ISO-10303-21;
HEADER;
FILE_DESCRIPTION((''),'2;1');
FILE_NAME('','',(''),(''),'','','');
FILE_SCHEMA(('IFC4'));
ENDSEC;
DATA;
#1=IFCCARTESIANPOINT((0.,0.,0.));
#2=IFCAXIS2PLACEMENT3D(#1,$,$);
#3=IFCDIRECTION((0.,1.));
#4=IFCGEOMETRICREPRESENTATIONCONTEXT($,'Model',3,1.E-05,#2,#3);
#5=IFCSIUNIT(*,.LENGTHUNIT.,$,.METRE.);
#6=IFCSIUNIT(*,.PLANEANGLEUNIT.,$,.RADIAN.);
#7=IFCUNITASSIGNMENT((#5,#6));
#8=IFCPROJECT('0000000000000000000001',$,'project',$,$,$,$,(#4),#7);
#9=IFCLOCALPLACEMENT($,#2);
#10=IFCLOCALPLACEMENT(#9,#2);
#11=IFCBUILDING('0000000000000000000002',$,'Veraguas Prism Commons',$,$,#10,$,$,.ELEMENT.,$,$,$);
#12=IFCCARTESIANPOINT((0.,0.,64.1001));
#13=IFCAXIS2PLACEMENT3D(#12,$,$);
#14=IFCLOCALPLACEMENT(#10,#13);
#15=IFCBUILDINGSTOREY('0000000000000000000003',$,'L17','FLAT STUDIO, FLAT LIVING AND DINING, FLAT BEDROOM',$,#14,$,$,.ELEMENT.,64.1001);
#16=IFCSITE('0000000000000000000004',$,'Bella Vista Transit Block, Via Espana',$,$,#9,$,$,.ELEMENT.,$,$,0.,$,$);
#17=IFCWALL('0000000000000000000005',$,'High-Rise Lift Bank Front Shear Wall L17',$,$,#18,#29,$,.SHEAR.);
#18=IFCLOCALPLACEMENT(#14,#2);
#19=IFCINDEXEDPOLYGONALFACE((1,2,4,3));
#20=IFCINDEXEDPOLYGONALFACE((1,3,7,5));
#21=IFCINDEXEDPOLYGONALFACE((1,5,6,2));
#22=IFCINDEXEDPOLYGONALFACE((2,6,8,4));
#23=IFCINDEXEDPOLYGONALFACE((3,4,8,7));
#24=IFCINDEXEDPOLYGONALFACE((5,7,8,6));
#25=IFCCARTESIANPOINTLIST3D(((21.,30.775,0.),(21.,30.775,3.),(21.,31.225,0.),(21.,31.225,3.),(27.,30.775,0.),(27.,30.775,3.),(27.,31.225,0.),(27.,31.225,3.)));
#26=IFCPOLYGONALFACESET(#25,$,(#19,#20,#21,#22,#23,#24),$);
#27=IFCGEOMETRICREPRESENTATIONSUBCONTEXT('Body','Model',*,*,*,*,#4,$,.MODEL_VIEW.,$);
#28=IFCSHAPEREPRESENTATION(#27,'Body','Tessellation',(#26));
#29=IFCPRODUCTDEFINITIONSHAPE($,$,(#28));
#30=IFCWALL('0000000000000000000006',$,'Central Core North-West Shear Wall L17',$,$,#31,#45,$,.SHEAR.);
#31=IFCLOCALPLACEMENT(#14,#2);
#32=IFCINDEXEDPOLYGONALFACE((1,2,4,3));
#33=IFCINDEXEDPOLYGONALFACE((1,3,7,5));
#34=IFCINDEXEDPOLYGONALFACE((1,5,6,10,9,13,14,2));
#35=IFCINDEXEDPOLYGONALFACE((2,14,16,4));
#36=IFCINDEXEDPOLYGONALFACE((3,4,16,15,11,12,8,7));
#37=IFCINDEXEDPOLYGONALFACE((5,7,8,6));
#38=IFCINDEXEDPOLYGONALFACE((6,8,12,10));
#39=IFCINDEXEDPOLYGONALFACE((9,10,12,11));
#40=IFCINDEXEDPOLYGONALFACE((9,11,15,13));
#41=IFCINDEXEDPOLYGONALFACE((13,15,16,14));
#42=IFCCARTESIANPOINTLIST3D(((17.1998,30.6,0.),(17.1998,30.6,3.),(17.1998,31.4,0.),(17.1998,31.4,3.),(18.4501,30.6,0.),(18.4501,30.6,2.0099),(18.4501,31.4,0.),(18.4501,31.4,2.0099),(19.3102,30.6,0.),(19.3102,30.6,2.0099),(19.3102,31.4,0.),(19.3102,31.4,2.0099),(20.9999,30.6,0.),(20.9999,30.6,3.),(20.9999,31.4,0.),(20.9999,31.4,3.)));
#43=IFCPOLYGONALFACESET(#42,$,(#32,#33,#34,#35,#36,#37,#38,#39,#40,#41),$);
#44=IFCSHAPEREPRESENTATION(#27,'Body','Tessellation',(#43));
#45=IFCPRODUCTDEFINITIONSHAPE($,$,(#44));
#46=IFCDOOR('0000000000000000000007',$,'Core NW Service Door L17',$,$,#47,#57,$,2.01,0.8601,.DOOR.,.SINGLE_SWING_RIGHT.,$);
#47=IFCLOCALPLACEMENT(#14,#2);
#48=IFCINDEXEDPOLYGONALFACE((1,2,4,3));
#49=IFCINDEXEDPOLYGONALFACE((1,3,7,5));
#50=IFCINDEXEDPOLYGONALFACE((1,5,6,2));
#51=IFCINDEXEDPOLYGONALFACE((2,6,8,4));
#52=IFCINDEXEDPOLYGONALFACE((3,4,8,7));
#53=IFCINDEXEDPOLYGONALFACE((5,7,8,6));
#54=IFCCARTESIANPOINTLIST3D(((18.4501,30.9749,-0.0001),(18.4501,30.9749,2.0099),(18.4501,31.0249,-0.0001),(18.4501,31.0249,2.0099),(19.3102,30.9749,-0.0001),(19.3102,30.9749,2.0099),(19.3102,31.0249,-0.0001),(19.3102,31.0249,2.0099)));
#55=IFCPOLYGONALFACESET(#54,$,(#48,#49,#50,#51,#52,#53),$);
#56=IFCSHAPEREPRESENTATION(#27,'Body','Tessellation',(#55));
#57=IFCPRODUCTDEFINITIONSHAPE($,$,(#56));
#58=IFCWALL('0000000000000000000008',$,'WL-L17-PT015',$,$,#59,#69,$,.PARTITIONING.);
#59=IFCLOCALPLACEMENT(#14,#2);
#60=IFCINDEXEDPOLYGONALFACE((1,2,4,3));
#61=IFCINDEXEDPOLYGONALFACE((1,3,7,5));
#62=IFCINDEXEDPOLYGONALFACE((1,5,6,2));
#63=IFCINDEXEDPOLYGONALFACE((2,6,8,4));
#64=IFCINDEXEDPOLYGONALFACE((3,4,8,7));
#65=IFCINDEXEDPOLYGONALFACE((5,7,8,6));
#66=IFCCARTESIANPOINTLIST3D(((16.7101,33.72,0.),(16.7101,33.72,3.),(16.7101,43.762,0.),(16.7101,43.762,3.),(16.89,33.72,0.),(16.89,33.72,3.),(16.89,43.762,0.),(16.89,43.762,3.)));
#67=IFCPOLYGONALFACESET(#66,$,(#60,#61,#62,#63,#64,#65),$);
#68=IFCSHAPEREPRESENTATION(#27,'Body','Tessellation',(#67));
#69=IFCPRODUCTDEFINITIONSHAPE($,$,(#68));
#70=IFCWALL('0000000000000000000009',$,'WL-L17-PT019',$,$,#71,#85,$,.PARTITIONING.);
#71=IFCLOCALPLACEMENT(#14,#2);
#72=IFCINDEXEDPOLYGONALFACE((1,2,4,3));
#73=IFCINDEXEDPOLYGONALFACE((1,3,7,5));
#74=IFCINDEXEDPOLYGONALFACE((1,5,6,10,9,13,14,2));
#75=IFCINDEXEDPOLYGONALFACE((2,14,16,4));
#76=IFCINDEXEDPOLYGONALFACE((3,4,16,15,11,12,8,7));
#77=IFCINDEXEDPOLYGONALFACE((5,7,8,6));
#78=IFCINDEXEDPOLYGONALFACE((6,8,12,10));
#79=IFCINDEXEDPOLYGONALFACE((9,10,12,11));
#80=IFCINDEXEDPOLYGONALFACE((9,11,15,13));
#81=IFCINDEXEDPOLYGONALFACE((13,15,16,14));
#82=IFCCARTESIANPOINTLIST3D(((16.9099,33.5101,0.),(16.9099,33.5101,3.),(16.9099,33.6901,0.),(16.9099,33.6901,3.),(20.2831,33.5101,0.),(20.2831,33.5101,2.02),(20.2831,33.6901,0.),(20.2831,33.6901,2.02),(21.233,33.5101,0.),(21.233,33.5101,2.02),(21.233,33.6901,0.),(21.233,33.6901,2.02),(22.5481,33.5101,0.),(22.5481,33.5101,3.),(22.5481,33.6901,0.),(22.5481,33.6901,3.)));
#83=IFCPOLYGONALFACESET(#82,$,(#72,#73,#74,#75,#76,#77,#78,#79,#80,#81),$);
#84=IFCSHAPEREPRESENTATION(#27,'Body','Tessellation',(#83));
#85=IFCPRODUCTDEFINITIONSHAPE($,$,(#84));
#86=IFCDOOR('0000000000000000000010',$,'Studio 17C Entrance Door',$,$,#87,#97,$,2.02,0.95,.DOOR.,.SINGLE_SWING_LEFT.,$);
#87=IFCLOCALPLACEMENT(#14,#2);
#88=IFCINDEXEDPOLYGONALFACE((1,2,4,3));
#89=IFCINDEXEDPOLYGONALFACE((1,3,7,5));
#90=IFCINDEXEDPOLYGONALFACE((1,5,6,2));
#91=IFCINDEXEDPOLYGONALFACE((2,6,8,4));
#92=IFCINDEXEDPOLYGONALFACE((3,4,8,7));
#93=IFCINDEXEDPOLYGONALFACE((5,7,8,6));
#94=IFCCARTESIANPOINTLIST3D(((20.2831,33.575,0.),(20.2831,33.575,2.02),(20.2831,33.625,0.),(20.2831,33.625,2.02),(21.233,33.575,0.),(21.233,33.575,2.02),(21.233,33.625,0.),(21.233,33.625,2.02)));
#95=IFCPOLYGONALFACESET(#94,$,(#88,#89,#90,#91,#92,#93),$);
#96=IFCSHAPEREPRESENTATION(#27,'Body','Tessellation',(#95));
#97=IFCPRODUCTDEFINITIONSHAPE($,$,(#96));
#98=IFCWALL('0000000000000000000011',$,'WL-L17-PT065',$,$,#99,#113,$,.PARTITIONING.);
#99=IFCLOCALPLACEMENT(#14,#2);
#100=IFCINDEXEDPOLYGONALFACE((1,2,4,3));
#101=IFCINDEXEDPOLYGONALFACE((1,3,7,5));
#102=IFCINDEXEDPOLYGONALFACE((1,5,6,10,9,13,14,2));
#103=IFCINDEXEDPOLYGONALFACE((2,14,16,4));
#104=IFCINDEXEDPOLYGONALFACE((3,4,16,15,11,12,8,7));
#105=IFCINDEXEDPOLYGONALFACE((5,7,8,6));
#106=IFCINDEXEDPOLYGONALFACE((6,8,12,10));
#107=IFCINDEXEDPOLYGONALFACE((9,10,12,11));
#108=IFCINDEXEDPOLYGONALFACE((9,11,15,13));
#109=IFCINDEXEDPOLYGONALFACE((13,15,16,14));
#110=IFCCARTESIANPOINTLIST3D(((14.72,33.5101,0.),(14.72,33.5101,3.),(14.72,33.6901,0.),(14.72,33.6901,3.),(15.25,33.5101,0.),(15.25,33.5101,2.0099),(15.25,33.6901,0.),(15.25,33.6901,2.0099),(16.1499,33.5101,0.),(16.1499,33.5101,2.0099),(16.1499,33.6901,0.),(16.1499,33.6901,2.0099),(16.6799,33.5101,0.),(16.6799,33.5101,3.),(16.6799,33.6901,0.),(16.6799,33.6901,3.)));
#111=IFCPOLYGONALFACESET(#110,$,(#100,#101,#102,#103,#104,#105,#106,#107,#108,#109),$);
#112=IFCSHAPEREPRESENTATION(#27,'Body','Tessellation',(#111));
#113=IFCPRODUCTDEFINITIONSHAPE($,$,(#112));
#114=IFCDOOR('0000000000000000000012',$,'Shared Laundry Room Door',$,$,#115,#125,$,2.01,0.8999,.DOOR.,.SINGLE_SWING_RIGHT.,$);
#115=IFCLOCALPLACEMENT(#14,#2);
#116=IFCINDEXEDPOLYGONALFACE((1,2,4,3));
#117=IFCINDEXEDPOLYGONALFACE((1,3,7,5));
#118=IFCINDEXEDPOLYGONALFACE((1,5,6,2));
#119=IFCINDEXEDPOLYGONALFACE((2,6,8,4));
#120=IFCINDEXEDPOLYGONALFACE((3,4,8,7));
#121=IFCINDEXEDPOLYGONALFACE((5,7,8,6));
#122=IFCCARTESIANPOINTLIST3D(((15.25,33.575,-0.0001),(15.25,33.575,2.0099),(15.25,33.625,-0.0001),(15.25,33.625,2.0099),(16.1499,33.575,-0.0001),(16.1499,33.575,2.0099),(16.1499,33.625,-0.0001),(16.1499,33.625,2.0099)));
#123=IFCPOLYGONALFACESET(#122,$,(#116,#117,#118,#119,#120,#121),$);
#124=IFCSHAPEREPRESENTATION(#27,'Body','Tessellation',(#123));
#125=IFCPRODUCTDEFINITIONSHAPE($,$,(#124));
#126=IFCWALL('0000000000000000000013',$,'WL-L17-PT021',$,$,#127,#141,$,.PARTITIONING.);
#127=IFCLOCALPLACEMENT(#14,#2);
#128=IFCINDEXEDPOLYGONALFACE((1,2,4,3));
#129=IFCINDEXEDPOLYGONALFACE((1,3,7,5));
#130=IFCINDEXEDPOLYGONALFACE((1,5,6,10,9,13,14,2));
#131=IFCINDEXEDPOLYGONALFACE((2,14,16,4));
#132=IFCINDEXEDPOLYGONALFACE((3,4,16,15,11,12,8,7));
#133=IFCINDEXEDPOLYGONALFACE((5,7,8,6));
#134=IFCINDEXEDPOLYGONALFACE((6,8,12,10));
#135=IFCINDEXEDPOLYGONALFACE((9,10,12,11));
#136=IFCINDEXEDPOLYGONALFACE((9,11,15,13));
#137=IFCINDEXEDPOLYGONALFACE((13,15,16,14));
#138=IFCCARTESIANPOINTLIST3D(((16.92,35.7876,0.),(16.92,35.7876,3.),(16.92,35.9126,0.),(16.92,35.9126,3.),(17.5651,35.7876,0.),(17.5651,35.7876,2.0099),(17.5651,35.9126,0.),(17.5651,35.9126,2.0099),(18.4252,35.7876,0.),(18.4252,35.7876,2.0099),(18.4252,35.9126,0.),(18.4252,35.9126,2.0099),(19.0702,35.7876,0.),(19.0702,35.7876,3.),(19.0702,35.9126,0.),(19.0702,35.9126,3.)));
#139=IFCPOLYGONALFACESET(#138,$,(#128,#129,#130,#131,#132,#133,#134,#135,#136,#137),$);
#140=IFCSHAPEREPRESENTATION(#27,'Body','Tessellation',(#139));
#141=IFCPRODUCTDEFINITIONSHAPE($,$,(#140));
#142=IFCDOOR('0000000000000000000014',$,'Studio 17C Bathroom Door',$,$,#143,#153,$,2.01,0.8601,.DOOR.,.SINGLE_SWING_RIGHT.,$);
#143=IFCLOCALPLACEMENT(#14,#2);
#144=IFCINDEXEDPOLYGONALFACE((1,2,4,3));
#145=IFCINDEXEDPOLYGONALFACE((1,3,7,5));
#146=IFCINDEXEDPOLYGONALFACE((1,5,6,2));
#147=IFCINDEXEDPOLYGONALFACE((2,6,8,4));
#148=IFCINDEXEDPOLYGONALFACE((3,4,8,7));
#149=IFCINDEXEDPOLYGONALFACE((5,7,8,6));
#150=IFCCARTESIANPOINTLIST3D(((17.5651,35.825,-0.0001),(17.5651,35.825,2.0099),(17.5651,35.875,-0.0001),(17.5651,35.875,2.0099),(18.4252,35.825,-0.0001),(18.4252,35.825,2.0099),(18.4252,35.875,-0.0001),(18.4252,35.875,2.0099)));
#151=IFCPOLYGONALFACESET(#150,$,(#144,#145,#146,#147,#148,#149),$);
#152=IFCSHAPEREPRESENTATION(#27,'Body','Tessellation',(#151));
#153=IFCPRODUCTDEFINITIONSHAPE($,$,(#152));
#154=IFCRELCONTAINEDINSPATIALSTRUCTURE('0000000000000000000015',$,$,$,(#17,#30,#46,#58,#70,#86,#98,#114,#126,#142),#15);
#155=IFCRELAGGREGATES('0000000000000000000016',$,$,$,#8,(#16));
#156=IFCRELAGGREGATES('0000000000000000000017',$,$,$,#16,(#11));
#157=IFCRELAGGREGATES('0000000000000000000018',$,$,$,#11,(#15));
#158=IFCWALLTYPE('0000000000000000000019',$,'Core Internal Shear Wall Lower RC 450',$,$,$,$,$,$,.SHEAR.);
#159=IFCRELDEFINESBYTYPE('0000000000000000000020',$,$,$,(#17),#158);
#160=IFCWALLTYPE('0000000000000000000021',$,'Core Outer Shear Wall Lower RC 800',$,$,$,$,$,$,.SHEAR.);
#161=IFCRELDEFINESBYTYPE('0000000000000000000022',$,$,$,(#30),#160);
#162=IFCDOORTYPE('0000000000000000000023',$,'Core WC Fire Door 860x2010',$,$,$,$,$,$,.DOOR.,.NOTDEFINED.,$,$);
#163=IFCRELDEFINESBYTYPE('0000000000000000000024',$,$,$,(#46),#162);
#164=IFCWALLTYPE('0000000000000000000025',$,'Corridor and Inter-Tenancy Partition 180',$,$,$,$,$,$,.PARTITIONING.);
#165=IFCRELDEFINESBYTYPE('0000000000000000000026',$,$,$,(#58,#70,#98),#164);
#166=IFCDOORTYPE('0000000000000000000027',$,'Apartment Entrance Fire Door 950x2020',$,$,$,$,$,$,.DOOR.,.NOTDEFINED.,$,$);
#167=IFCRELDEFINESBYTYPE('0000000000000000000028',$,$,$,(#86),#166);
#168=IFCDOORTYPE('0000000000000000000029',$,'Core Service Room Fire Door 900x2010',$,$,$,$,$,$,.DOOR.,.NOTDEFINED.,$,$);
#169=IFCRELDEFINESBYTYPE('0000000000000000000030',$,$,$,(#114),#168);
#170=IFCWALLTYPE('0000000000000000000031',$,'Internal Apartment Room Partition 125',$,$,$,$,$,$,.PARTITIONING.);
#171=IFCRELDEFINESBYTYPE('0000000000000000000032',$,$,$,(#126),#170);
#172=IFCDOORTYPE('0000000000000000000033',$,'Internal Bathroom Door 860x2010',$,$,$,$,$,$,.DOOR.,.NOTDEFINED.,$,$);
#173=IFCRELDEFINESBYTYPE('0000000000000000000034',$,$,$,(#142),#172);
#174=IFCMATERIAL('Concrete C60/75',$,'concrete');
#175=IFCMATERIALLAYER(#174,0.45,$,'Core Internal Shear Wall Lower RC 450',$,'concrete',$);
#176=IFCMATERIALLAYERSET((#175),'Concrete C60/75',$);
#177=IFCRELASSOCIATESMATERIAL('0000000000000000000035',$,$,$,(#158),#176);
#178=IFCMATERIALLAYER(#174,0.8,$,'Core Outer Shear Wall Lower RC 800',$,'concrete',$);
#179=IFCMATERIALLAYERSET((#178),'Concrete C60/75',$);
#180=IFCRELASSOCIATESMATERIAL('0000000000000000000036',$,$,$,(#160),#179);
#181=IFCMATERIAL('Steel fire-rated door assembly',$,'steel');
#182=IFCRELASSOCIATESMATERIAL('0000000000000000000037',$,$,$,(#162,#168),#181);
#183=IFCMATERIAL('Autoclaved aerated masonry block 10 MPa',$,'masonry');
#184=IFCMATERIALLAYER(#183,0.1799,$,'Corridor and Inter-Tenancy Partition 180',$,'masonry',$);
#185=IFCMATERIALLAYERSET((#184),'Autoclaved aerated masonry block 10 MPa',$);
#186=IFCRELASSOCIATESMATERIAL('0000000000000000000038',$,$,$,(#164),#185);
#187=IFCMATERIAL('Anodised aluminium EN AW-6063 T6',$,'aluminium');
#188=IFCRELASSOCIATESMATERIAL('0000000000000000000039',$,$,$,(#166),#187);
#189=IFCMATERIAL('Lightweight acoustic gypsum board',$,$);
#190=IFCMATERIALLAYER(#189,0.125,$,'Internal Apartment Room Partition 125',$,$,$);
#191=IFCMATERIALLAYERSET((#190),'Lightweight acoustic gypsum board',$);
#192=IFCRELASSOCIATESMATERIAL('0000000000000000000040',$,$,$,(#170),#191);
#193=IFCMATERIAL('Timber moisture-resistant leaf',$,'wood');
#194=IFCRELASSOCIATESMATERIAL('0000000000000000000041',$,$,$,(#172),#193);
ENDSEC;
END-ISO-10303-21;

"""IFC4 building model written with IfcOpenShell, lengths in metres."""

from ifc_helpers import new_model, si_unit, direction, frame, frame_2d, origin, place, context, subcontext, project, spatial, rectangle, extrude, source, transform, mapped, material, layer, layer_set, type_object, element, fill, save


model = new_model("IFC4")

# Units and contexts
model_context = context("Model", 3, precision=1e-05, world=origin(), true_north=direction((0.0, 1.0)))
body_context = subcontext(model_context, "Body", "Model", "MODEL_VIEW")
ifc_project = project(units=[si_unit("LENGTHUNIT", "METRE"), si_unit("PLANEANGLEUNIT", "RADIAN")], contexts=[model_context])

# Site, building, storey
site_placement = place(None, origin())
site = spatial("IfcSite", under=ifc_project, at=site_placement, Name="Bella Vista Transit Block, Via Espana", CompositionType="ELEMENT", RefElevation=0.0)
building_placement = place(site_placement, origin())
building = spatial("IfcBuilding", under=site, at=building_placement, Name="Veraguas Prism Commons", CompositionType="ELEMENT")
storey_placement = place(building_placement, frame((0.0, 0.0, 64.1001)))
storey = spatial("IfcBuildingStorey", under=building, at=storey_placement, Name="L17", Description="FLAT STUDIO, FLAT LIVING AND DINING, FLAT BEDROOM", CompositionType="ELEMENT", Elevation=64.1001)

# Shared definitions
ifc_material_1 = material(Name="Concrete C60/75", Category="concrete")

# Shared definitions
ifc_material_2 = material(Name="Anodised aluminium EN AW-6063 T6", Category="aluminium")

# Wall
ifc_layer_1 = layer(ifc_material_1, 0.45, Name="Core Internal Shear Wall Lower RC 450", Category="concrete")
ifc_layer_set_1 = layer_set([ifc_layer_1], Name="Concrete C60/75")
wall_type_1 = type_object("IfcWallType", Name="Core Internal Shear Wall Lower RC 450", PredefinedType="SHEAR", material=ifc_layer_set_1)
wall_1_placement = place(storey_placement, frame((21.0, 31.0, 0.0), z_axis=(0.0, 0.0, 1.0), x_axis=(1.0, 0.0, 0.0)))
element("IfcWall", 1, at=wall_1_placement, inside=storey, type_object=wall_type_1, Name="High-Rise Lift Bank Front Shear Wall L17", PredefinedType="SHEAR", context=body_context, shape_type="SweptSolid", body=[
    extrude(rectangle(XDim=6.0, YDim=0.45, at=frame_2d((3.0, 0.0))), origin(), (0.0, 0.0, 1.0), 3.0),
])

# Wall, opening, door
ifc_layer_2 = layer(ifc_material_1, 0.8, Name="Core Outer Shear Wall Lower RC 800", Category="concrete")
ifc_layer_set_2 = layer_set([ifc_layer_2], Name="Concrete C60/75")
wall_type_2 = type_object("IfcWallType", Name="Core Outer Shear Wall Lower RC 800", PredefinedType="SHEAR", material=ifc_layer_set_2)
wall_2_placement = place(storey_placement, frame((17.2, 31.0, 0.0), z_axis=(0.0, 0.0, 1.0), x_axis=(1.0, 0.0, 0.0)))
wall_2 = element("IfcWall", 2, at=wall_2_placement, inside=storey, type_object=wall_type_2, Name="Central Core North-West Shear Wall L17", PredefinedType="SHEAR", context=body_context, shape_type="SweptSolid", body=[
    extrude(rectangle(XDim=3.8, YDim=0.8, at=frame_2d((1.8999, 0.0))), origin(), (0.0, 0.0, 1.0), 3.0),
])
opening_1_placement = place(wall_2_placement, frame((1.25, 0.0, 0.0)))
opening_1 = element("IfcOpeningElement", 3, at=opening_1_placement, cuts=wall_2, PredefinedType="OPENING", context=body_context, shape_type="SweptSolid", body=[
    extrude(rectangle(XDim=0.8601, YDim=2.01, at=frame_2d((0.4302, 1.0049))), frame((0.0, 0.4099, 0.0), z_axis=(0.0, -1.0, 0.0), x_axis=(1.0, 0.0, 0.0)), (0.0, 0.0, 1.0), 0.8201),
])
ifc_material_3 = material(Name="Steel fire-rated door assembly", Category="steel")
door_type_1 = type_object("IfcDoorType", Name="Core WC Fire Door 860x2010", OperationType="NOTDEFINED", PredefinedType="DOOR", material=ifc_material_3)
shared_shape_1 = source(origin(), body_context, "Body", "SweptSolid", [
    extrude(rectangle(XDim=0.8601, YDim=2.01, at=frame_2d((0.4302, 1.0049))), frame((0.0, 0.0249, 0.0), z_axis=(0.0, -1.0, 0.0), x_axis=(1.0, 0.0, 0.0)), (0.0, 0.0, 1.0), 0.05),
])
door_1_placement = place(opening_1_placement, origin())
door_1 = element("IfcDoor", 4, at=door_1_placement, inside=storey, type_object=door_type_1, Name="Core NW Service Door L17", OperationType="SINGLE_SWING_RIGHT", OverallHeight=2.01, OverallWidth=0.8601, PredefinedType="DOOR", context=body_context, shape_type="MappedRepresentation", body=[
    mapped(shared_shape_1, transform((0.0, 0.0, 0.0), scale=1.0)),
])
fill(opening_1, door_1)

# Wall
ifc_material_4 = material(Name="Autoclaved aerated masonry block 10 MPa", Category="masonry")
ifc_layer_3 = layer(ifc_material_4, 0.1799, Name="Corridor and Inter-Tenancy Partition 180", Category="masonry")
ifc_layer_set_3 = layer_set([ifc_layer_3], Name="Autoclaved aerated masonry block 10 MPa")
wall_type_3 = type_object("IfcWallType", Name="Corridor and Inter-Tenancy Partition 180", PredefinedType="PARTITIONING", material=ifc_layer_set_3)
wall_3_placement = place(storey_placement, frame((16.8, 33.72, 0.0), z_axis=(0.0, 0.0, 1.0), x_axis=(0.0, 1.0, 0.0)))
element("IfcWall", 5, at=wall_3_placement, inside=storey, type_object=wall_type_3, Name="WL-L17-PT015", PredefinedType="PARTITIONING", context=body_context, shape_type="SweptSolid", body=[
    extrude(rectangle(XDim=10.042, YDim=0.1799, at=frame_2d((5.021, 0.0))), origin(), (0.0, 0.0, 1.0), 3.0),
])

# Walls, openings, doors
wall_4_placement = place(storey_placement, frame((16.9099, 33.6001, 0.0), z_axis=(0.0, 0.0, 1.0), x_axis=(1.0, 0.0, 0.0)))
wall_4 = element("IfcWall", 6, at=wall_4_placement, inside=storey, type_object=wall_type_3, Name="WL-L17-PT019", PredefinedType="PARTITIONING", context=body_context, shape_type="SweptSolid", body=[
    extrude(rectangle(XDim=5.6382, YDim=0.1799, at=frame_2d((2.8191, 0.0))), origin(), (0.0, 0.0, 1.0), 3.0),
])
opening_2_placement = place(wall_4_placement, frame((3.373, 0.0, 0.0)))
opening_2 = element("IfcOpeningElement", 7, at=opening_2_placement, cuts=wall_4, PredefinedType="OPENING", context=body_context, shape_type="SweptSolid", body=[
    extrude(rectangle(XDim=0.95, YDim=2.02, at=frame_2d((0.4751, 1.01))), frame((0.0, 0.0999, 0.0), z_axis=(0.0, -1.0, 0.0), x_axis=(1.0, 0.0, 0.0)), (0.0, 0.0, 1.0), 0.2),
])
door_type_2 = type_object("IfcDoorType", Name="Apartment Entrance Fire Door 950x2020", OperationType="NOTDEFINED", PredefinedType="DOOR", material=ifc_material_2)
shared_shape_2 = source(origin(), body_context, "Body", "SweptSolid", [
    extrude(rectangle(XDim=0.95, YDim=2.02, at=frame_2d((0.4751, 1.01))), frame((0.0, 0.0249, 0.0), z_axis=(0.0, -1.0, 0.0), x_axis=(1.0, 0.0, 0.0)), (0.0, 0.0, 1.0), 0.05),
])
door_2_placement = place(opening_2_placement, origin())
door_2 = element("IfcDoor", 8, at=door_2_placement, inside=storey, type_object=door_type_2, Name="Studio 17C Entrance Door", OperationType="SINGLE_SWING_LEFT", OverallHeight=2.02, OverallWidth=0.95, PredefinedType="DOOR", context=body_context, shape_type="MappedRepresentation", body=[
    mapped(shared_shape_2, transform((0.0, 0.0, 0.0), scale=1.0)),
])
fill(opening_2, door_2)
wall_5_placement = place(storey_placement, frame((14.72, 33.6001, 0.0), z_axis=(0.0, 0.0, 1.0), x_axis=(1.0, 0.0, 0.0)))
wall_5 = element("IfcWall", 9, at=wall_5_placement, inside=storey, type_object=wall_type_3, Name="WL-L17-PT065", PredefinedType="PARTITIONING", context=body_context, shape_type="SweptSolid", body=[
    extrude(rectangle(XDim=1.96, YDim=0.1799, at=frame_2d((0.98, 0.0))), origin(), (0.0, 0.0, 1.0), 3.0),
])
opening_3_placement = place(wall_5_placement, frame((0.53, 0.0, 0.0)))
opening_3 = element("IfcOpeningElement", 10, at=opening_3_placement, cuts=wall_5, PredefinedType="OPENING", context=body_context, shape_type="SweptSolid", body=[
    extrude(rectangle(XDim=0.8999, YDim=2.01, at=frame_2d((0.45, 1.0049))), frame((0.0, 0.0999, 0.0), z_axis=(0.0, -1.0, 0.0), x_axis=(1.0, 0.0, 0.0)), (0.0, 0.0, 1.0), 0.2),
])
door_type_3 = type_object("IfcDoorType", Name="Core Service Room Fire Door 900x2010", OperationType="NOTDEFINED", PredefinedType="DOOR", material=ifc_material_3)
shared_shape_3 = source(origin(), body_context, "Body", "SweptSolid", [
    extrude(rectangle(XDim=0.8999, YDim=2.01, at=frame_2d((0.45, 1.0049))), frame((0.0, 0.0249, 0.0), z_axis=(0.0, -1.0, 0.0), x_axis=(1.0, 0.0, 0.0)), (0.0, 0.0, 1.0), 0.05),
])
door_3_placement = place(opening_3_placement, origin())
door_3 = element("IfcDoor", 11, at=door_3_placement, inside=storey, type_object=door_type_3, Name="Shared Laundry Room Door", OperationType="SINGLE_SWING_RIGHT", OverallHeight=2.01, OverallWidth=0.8999, PredefinedType="DOOR", context=body_context, shape_type="MappedRepresentation", body=[
    mapped(shared_shape_3, transform((0.0, 0.0, 0.0), scale=1.0)),
])
fill(opening_3, door_3)
ifc_material_5 = material(Name="Lightweight acoustic gypsum board")
ifc_layer_4 = layer(ifc_material_5, 0.125, Name="Internal Apartment Room Partition 125")
ifc_layer_set_4 = layer_set([ifc_layer_4], Name="Lightweight acoustic gypsum board")
wall_type_4 = type_object("IfcWallType", Name="Internal Apartment Room Partition 125", PredefinedType="PARTITIONING", material=ifc_layer_set_4)
wall_6_placement = place(storey_placement, frame((16.9199, 35.8501, 0.0), z_axis=(0.0, 0.0, 1.0), x_axis=(1.0, 0.0, 0.0)))
wall_6 = element("IfcWall", 12, at=wall_6_placement, inside=storey, type_object=wall_type_4, Name="WL-L17-PT021", PredefinedType="PARTITIONING", context=body_context, shape_type="SweptSolid", body=[
    extrude(rectangle(XDim=2.1501, YDim=0.125, at=frame_2d((1.0752, 0.0))), origin(), (0.0, 0.0, 1.0), 3.0),
])
opening_4_placement = place(wall_6_placement, frame((0.645, 0.0, 0.0)))
opening_4 = element("IfcOpeningElement", 13, at=opening_4_placement, cuts=wall_6, PredefinedType="OPENING", context=body_context, shape_type="SweptSolid", body=[
    extrude(rectangle(XDim=0.8601, YDim=2.01, at=frame_2d((0.4302, 1.0049))), frame((0.0, 0.0725, 0.0), z_axis=(0.0, -1.0, 0.0), x_axis=(1.0, 0.0, 0.0)), (0.0, 0.0, 1.0), 0.145),
])
ifc_material_6 = material(Name="Timber moisture-resistant leaf", Category="wood")
door_type_4 = type_object("IfcDoorType", Name="Internal Bathroom Door 860x2010", OperationType="NOTDEFINED", PredefinedType="DOOR", material=ifc_material_6)
door_4_placement = place(opening_4_placement, origin())
door_4 = element("IfcDoor", 14, at=door_4_placement, inside=storey, type_object=door_type_4, Name="Studio 17C Bathroom Door", OperationType="SINGLE_SWING_RIGHT", OverallHeight=2.01, OverallWidth=0.8601, PredefinedType="DOOR", context=body_context, shape_type="MappedRepresentation", body=[
    mapped(shared_shape_1, transform((0.0, 0.0, 0.0), scale=1.0)),
])
fill(opening_4, door_4)

save(model, "model.ifc")
